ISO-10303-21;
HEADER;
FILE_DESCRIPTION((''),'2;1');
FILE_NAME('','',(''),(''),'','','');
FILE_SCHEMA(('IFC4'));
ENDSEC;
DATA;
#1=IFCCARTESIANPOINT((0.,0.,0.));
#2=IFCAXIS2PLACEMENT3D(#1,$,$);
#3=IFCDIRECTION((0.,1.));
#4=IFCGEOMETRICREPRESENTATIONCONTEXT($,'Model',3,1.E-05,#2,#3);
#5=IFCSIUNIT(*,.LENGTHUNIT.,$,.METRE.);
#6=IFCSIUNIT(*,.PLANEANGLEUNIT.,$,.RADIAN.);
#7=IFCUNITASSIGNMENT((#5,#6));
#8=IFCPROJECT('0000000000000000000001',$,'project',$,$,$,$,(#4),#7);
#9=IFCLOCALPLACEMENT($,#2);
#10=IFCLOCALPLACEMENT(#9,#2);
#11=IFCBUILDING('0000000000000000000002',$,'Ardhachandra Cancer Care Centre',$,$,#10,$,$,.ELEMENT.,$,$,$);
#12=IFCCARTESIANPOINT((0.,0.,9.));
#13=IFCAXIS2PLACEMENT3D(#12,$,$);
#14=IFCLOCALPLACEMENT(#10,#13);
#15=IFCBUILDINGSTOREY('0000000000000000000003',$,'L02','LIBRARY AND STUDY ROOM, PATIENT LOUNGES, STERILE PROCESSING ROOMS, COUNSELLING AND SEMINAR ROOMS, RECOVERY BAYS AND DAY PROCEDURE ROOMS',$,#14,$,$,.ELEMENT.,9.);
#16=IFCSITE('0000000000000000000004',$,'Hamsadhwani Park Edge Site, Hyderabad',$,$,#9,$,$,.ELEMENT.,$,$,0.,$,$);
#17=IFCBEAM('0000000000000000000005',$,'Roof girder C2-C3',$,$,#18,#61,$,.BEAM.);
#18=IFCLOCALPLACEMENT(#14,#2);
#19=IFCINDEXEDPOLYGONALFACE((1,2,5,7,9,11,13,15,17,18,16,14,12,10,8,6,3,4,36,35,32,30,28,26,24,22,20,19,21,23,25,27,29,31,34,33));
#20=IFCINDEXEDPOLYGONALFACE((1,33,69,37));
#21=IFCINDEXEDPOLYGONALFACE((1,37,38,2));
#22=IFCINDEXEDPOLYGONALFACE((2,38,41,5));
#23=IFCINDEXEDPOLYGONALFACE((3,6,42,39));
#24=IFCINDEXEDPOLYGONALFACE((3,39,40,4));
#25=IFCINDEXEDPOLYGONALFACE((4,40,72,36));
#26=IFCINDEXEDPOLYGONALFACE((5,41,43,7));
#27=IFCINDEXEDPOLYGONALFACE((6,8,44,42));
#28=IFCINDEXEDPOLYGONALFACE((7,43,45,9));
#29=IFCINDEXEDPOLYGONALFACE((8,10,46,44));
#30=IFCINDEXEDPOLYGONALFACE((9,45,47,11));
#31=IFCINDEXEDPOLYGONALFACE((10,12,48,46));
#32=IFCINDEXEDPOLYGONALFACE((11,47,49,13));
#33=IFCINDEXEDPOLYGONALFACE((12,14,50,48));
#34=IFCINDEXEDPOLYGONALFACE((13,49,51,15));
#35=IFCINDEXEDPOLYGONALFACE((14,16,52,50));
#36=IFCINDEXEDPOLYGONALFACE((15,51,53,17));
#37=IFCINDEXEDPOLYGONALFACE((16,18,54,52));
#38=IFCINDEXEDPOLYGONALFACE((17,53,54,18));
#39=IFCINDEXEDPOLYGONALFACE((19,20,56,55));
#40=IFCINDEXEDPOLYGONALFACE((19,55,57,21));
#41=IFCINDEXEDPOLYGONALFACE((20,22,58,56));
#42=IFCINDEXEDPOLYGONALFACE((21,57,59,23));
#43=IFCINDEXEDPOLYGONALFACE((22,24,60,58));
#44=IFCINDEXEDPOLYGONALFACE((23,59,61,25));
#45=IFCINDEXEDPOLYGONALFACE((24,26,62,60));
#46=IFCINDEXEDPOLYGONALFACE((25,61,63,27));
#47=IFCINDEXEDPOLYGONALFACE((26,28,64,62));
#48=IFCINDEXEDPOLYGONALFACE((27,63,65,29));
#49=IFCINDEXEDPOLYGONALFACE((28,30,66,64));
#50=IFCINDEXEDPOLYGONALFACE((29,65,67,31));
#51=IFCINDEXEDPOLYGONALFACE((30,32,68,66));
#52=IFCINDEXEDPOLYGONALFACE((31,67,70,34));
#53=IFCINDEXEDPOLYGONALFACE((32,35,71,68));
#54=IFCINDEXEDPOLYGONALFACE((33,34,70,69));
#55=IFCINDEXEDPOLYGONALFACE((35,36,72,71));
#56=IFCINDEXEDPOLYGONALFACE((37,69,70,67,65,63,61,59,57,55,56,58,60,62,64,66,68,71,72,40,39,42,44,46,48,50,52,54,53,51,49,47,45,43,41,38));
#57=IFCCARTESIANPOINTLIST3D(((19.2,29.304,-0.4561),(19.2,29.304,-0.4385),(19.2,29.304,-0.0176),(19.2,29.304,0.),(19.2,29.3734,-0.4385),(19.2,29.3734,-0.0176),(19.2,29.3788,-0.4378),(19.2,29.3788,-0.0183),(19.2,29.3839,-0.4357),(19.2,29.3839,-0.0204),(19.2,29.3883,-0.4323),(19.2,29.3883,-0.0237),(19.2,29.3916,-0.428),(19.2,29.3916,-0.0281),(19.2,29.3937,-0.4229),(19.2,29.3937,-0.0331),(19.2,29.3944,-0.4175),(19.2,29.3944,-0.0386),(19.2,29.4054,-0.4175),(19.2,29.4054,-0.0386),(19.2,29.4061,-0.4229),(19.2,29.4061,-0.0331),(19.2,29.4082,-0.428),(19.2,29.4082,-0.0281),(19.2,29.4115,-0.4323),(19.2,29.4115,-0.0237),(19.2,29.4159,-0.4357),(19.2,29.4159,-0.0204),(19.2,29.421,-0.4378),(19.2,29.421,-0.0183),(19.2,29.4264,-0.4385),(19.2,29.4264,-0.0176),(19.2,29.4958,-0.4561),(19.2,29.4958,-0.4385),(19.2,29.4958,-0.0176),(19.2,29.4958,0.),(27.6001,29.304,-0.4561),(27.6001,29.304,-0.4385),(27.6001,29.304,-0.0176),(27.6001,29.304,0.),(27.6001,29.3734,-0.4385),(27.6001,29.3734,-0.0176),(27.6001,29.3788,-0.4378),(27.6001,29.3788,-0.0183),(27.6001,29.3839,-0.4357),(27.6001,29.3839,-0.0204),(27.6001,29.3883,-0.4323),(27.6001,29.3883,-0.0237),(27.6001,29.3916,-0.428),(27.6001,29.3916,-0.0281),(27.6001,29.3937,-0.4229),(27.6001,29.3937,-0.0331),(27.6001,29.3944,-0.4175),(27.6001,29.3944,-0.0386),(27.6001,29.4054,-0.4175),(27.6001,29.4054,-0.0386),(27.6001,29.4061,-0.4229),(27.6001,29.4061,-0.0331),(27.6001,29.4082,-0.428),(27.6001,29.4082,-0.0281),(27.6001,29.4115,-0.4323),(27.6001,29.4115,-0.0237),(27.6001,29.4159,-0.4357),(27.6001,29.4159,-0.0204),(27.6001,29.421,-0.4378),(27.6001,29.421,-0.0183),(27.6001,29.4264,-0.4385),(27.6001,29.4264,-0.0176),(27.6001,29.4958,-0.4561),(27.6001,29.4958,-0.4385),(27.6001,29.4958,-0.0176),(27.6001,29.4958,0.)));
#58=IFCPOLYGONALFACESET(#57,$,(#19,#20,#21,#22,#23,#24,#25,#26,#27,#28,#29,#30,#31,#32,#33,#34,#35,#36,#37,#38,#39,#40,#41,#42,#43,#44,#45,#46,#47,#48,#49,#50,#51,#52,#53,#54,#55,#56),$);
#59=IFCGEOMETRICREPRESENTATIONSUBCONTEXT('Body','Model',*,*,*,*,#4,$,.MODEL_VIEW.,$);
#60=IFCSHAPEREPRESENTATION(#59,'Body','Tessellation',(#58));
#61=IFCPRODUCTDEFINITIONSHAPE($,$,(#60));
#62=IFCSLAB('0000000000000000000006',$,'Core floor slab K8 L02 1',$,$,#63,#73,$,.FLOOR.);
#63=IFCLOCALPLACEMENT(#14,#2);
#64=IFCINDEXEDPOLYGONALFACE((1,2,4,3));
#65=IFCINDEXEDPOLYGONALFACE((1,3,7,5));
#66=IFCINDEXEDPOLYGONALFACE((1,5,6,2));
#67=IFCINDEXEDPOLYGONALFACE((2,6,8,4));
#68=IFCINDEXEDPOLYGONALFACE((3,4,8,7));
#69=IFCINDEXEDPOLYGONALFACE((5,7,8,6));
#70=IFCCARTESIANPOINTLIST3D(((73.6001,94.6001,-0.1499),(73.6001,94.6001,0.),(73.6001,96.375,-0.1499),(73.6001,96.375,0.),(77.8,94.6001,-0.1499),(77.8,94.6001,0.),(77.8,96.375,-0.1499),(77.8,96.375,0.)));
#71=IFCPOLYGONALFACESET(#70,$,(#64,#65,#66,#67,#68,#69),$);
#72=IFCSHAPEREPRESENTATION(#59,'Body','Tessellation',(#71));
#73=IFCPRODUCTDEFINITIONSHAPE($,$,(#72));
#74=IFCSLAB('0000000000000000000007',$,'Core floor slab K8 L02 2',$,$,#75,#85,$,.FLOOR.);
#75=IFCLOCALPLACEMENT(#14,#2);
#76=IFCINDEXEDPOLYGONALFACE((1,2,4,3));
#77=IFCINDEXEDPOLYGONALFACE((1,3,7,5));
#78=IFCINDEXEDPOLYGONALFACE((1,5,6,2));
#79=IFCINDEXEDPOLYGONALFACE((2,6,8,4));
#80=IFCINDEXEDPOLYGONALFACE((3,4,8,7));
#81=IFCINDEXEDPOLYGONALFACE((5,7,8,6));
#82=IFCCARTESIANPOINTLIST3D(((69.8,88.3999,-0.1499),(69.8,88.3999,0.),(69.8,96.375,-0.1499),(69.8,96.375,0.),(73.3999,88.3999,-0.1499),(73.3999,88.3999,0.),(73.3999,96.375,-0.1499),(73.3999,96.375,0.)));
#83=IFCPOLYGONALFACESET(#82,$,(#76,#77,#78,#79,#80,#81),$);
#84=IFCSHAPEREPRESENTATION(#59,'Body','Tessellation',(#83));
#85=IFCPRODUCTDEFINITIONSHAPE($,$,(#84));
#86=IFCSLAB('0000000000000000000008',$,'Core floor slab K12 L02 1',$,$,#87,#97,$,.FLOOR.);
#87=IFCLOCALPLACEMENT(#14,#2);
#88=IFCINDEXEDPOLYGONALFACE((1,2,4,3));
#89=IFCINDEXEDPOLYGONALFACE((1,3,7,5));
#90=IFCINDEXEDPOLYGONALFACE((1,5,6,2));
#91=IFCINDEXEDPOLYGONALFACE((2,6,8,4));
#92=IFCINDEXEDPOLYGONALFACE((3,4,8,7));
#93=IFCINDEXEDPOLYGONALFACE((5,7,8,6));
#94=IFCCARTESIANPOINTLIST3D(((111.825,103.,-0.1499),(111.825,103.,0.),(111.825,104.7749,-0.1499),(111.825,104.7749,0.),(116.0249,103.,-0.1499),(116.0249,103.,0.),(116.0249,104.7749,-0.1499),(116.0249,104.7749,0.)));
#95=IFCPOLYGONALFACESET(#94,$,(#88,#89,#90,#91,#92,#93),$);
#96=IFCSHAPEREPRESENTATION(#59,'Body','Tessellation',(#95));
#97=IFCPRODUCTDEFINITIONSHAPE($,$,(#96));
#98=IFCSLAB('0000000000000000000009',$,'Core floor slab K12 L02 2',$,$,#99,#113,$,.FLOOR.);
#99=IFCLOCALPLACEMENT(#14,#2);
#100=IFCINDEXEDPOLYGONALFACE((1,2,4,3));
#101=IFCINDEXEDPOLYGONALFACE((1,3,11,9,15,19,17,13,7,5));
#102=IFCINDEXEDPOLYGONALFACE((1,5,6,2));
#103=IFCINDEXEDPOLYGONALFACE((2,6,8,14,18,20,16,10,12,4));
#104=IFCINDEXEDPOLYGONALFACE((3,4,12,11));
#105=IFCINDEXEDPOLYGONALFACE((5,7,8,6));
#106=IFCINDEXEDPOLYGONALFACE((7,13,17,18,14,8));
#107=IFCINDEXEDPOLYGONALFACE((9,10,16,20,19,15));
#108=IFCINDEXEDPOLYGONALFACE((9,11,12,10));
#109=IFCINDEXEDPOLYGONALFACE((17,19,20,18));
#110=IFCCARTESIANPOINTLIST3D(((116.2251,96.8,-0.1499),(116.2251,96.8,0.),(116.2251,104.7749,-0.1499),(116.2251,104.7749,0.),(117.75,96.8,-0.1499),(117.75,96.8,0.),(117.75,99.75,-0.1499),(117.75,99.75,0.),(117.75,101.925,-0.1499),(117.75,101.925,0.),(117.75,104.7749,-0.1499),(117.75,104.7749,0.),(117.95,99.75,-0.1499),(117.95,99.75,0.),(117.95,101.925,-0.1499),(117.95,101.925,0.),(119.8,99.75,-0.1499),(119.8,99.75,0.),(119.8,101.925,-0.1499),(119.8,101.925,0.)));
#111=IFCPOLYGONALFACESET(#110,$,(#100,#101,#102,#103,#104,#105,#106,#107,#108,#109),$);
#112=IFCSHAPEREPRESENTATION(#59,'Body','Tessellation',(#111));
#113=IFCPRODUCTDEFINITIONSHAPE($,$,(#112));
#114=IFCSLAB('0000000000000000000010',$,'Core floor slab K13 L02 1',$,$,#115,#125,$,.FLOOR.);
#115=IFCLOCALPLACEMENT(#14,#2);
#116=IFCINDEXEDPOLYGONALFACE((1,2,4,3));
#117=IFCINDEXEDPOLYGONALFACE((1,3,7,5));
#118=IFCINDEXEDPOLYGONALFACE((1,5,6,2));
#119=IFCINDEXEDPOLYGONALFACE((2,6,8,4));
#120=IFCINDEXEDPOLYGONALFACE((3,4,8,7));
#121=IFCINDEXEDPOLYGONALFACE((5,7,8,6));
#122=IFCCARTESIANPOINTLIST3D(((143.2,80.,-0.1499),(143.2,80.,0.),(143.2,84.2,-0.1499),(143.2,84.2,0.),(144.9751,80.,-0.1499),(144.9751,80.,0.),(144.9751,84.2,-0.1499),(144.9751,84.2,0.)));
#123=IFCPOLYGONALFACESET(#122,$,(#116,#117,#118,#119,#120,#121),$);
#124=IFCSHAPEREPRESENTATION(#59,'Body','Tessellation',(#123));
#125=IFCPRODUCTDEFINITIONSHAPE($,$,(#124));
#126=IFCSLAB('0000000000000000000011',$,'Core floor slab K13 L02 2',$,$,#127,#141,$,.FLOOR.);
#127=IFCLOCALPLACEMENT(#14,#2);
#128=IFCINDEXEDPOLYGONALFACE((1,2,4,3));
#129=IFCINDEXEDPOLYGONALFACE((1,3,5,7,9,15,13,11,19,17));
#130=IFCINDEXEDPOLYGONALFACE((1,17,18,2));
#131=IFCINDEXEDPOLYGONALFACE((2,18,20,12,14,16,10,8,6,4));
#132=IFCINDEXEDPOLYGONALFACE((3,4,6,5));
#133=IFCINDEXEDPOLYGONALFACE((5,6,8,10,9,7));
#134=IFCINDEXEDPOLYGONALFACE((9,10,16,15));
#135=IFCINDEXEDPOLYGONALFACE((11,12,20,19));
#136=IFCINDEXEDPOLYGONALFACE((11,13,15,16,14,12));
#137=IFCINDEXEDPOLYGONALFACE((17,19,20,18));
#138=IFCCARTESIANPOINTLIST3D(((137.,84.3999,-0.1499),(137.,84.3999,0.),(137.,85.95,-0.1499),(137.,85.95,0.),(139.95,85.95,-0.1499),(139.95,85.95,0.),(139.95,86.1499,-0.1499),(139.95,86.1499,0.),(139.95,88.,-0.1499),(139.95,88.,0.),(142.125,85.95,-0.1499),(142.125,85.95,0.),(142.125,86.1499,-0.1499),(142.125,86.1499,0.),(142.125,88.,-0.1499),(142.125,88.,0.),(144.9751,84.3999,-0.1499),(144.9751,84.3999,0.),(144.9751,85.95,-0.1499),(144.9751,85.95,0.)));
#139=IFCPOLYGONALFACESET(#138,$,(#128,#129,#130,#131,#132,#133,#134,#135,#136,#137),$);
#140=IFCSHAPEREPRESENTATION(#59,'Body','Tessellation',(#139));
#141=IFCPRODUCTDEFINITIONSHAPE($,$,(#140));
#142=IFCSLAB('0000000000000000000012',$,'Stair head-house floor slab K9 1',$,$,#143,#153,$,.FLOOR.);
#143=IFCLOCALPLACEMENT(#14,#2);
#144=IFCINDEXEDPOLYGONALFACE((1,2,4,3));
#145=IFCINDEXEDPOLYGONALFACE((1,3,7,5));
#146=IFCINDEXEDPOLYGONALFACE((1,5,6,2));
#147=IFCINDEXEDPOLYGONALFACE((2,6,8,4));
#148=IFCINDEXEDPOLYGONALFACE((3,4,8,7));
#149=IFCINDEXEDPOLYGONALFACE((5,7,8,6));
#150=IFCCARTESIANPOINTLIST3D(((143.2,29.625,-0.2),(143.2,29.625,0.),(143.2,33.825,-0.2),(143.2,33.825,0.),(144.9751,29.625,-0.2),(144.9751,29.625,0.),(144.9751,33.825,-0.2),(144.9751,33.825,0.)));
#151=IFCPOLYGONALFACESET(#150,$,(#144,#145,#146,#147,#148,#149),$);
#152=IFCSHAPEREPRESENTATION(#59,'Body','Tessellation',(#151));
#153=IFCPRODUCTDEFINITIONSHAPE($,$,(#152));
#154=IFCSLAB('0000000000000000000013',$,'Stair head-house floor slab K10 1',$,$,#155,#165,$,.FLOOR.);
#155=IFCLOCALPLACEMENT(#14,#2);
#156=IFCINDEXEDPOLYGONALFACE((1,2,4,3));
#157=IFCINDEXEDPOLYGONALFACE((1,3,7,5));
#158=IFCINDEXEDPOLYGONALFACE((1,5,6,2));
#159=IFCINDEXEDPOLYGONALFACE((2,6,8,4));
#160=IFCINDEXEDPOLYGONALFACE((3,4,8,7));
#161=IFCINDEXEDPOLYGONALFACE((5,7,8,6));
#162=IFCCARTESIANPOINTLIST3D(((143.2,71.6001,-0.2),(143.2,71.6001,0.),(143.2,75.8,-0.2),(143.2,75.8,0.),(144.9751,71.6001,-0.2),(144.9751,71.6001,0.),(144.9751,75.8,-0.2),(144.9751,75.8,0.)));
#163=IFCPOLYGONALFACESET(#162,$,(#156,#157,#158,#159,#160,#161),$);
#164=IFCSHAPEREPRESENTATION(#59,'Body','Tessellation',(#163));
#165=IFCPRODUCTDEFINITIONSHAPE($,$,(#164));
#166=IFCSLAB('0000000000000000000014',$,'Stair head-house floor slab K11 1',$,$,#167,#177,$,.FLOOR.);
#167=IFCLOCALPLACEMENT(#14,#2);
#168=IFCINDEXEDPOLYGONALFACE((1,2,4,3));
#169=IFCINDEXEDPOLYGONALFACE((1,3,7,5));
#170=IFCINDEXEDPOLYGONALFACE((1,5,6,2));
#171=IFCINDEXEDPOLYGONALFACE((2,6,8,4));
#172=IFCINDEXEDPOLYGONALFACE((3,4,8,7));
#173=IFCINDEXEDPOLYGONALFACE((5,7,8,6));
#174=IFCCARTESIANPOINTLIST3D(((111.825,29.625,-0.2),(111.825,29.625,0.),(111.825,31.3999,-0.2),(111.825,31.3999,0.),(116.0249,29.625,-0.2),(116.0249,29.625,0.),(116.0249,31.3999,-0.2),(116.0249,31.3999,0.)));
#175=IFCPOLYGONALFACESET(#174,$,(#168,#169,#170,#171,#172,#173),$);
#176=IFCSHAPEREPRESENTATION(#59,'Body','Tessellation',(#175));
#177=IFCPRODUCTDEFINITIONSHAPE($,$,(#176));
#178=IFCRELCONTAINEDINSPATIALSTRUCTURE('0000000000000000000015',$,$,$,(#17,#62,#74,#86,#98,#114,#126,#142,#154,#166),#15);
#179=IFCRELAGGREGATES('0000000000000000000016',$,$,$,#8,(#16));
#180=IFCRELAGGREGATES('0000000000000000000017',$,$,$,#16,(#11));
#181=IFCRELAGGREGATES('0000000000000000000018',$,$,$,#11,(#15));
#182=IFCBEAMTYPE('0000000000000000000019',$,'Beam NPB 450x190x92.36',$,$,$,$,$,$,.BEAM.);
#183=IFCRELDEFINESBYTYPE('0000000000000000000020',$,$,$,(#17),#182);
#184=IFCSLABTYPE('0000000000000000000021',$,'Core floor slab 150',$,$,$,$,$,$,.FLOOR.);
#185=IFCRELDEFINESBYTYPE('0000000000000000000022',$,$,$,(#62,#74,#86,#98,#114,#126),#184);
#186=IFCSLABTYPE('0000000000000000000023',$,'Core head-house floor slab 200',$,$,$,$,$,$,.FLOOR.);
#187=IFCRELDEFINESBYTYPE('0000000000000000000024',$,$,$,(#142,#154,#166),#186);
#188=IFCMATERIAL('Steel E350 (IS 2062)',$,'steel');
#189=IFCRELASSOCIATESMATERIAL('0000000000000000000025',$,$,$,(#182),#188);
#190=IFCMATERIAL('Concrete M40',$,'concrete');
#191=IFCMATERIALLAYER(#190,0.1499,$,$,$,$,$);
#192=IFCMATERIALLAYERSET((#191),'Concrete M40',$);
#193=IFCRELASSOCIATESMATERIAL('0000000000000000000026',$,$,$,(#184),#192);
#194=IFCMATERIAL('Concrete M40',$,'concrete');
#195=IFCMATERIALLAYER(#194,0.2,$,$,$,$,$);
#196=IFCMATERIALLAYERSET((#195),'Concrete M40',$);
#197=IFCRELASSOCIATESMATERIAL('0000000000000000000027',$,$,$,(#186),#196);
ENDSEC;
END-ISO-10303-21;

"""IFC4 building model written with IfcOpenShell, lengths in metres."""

from ifc_helpers import new_model, si_unit, direction, frame, origin, origin_2d, place, context, subcontext, project, spatial, polyline, i_section, outline, extrude, material, layer, layer_set, material_profile, profile_set, type_object, element, save


model = new_model("IFC4")

# Units and contexts
model_context = context("Model", 3, precision=1e-05, world=origin(), true_north=direction((0.0, 1.0)))
body_context = subcontext(model_context, "Body", "Model", "MODEL_VIEW")
ifc_project = project(units=[si_unit("LENGTHUNIT", "METRE"), si_unit("PLANEANGLEUNIT", "RADIAN")], contexts=[model_context])

# Site, building, storey
site_placement = place(None, origin())
site = spatial("IfcSite", under=ifc_project, at=site_placement, Name="Hamsadhwani Park Edge Site, Hyderabad", CompositionType="ELEMENT", RefElevation=0.0)
building_placement = place(site_placement, origin())
building = spatial("IfcBuilding", under=site, at=building_placement, Name="Ardhachandra Cancer Care Centre", CompositionType="ELEMENT")
storey_placement = place(building_placement, frame((0.0, 0.0, 9.0)))
storey = spatial("IfcBuildingStorey", under=building, at=storey_placement, Name="L02", Description="LIBRARY AND STUDY ROOM, PATIENT LOUNGES, STERILE PROCESSING ROOMS, COUNSELLING AND SEMINAR ROOMS, RECOVERY BAYS AND DAY PROCEDURE ROOMS", CompositionType="ELEMENT", Elevation=9.0)

# Beam
ifc_material_1 = material(Name="Steel E350 (IS 2062)", Category="steel")
ifc_material_profile = material_profile(ifc_material_1, i_section(OverallWidth=0.1919, OverallDepth=0.4561, WebThickness=0.011, FlangeThickness=0.0176, FilletRadius=0.021, at=origin_2d()), Name="NPB 450x190x92.36")
ifc_profile_set = profile_set([ifc_material_profile], Name="Steel E350 (IS 2062)")
beam_type = type_object("IfcBeamType", Name="Beam NPB 450x190x92.36", PredefinedType="BEAM", material=ifc_profile_set)
beam_placement = place(storey_placement, frame((19.2, 29.3999, -0.228), z_axis=(1.0, 0.0, 0.0), x_axis=(0.0, 1.0, 0.0)))
element("IfcBeam", 1, at=beam_placement, inside=storey, type_object=beam_type, Name="Roof girder C2-C3", PredefinedType="BEAM", context=body_context, shape_type="SweptSolid", body=[
    extrude(i_section(OverallWidth=0.1919, OverallDepth=0.4561, WebThickness=0.011, FlangeThickness=0.0176, FilletRadius=0.021, at=origin_2d()), origin(), (0.0, 0.0, 1.0), 8.4001),
])

# Slabs
ifc_material_2 = material(Name="Concrete M40", Category="concrete")
ifc_layer_1 = layer(ifc_material_2, 0.1499)
ifc_layer_set_1 = layer_set([ifc_layer_1], Name="Concrete M40")
slab_type_1 = type_object("IfcSlabType", Name="Core floor slab 150", PredefinedType="FLOOR", material=ifc_layer_set_1)
slab_1_placement = place(storey_placement, frame((0.0, 0.0, -0.1499)))
element("IfcSlab", 2, at=slab_1_placement, inside=storey, type_object=slab_type_1, Name="Core floor slab K8 L02 1", PredefinedType="FLOOR", context=body_context, shape_type="SweptSolid", body=[
    extrude(outline(polyline([(77.8, 96.375), (73.6001, 96.375), (73.6001, 94.6001), (77.8, 94.6001), (77.8, 96.375)])), origin(), (0.0, 0.0, 1.0), 0.1499),
])
slab_2_placement = place(storey_placement, frame((0.0, 0.0, -0.1499)))
element("IfcSlab", 3, at=slab_2_placement, inside=storey, type_object=slab_type_1, Name="Core floor slab K8 L02 2", PredefinedType="FLOOR", context=body_context, shape_type="SweptSolid", body=[
    extrude(outline(polyline([(69.8, 96.375), (69.8, 88.3999), (73.3999, 88.3999), (73.3999, 96.375), (69.8, 96.375)])), origin(), (0.0, 0.0, 1.0), 0.1499),
])
slab_3_placement = place(storey_placement, frame((0.0, 0.0, -0.1499)))
element("IfcSlab", 4, at=slab_3_placement, inside=storey, type_object=slab_type_1, Name="Core floor slab K12 L02 1", PredefinedType="FLOOR", context=body_context, shape_type="SweptSolid", body=[
    extrude(outline(polyline([(111.825, 104.7749), (116.0249, 104.7749), (116.0249, 103.0), (111.825, 103.0), (111.825, 104.7749)])), origin(), (0.0, 0.0, 1.0), 0.1499),
])
slab_4_placement = place(storey_placement, frame((0.0, 0.0, -0.1499)))
element("IfcSlab", 5, at=slab_4_placement, inside=storey, type_object=slab_type_1, Name="Core floor slab K12 L02 2", PredefinedType="FLOOR", context=body_context, shape_type="SweptSolid", body=[
    extrude(outline(polyline([(119.8, 99.75), (117.95, 99.75), (117.75, 99.75), (117.75, 96.8), (116.2251, 96.8), (116.2251, 104.7749), (117.75, 104.7749), (117.75, 101.925), (117.95, 101.925), (119.8, 101.925), (119.8, 99.75)])), origin(), (0.0, 0.0, 1.0), 0.1499),
])
slab_5_placement = place(storey_placement, frame((0.0, 0.0, -0.1499)))
element("IfcSlab", 6, at=slab_5_placement, inside=storey, type_object=slab_type_1, Name="Core floor slab K13 L02 1", PredefinedType="FLOOR", context=body_context, shape_type="SweptSolid", body=[
    extrude(outline(polyline([(144.9751, 80.0), (144.9751, 84.2), (143.2, 84.2), (143.2, 80.0), (144.9751, 80.0)])), origin(), (0.0, 0.0, 1.0), 0.1499),
])
slab_6_placement = place(storey_placement, frame((0.0, 0.0, -0.1499)))
element("IfcSlab", 7, at=slab_6_placement, inside=storey, type_object=slab_type_1, Name="Core floor slab K13 L02 2", PredefinedType="FLOOR", context=body_context, shape_type="SweptSolid", body=[
    extrude(outline(polyline([(139.95, 88.0), (139.95, 86.1499), (139.95, 85.95), (137.0, 85.95), (137.0, 84.3999), (144.9751, 84.3999), (144.9751, 85.95), (142.125, 85.95), (142.125, 86.1499), (142.125, 88.0), (139.95, 88.0)])), origin(), (0.0, 0.0, 1.0), 0.1499),
])
ifc_material_3 = material(Name="Concrete M40", Category="concrete")
ifc_layer_2 = layer(ifc_material_3, 0.2)
ifc_layer_set_2 = layer_set([ifc_layer_2], Name="Concrete M40")
slab_type_2 = type_object("IfcSlabType", Name="Core head-house floor slab 200", PredefinedType="FLOOR", material=ifc_layer_set_2)
slab_7_placement = place(storey_placement, frame((0.0, 0.0, -0.2)))
element("IfcSlab", 8, at=slab_7_placement, inside=storey, type_object=slab_type_2, Name="Stair head-house floor slab K9 1", PredefinedType="FLOOR", context=body_context, shape_type="SweptSolid", body=[
    extrude(outline(polyline([(144.9751, 33.825), (143.2, 33.825), (143.2, 29.625), (144.9751, 29.625), (144.9751, 33.825)])), origin(), (0.0, 0.0, 1.0), 0.2),
])
slab_8_placement = place(storey_placement, frame((0.0, 0.0, -0.2)))
element("IfcSlab", 9, at=slab_8_placement, inside=storey, type_object=slab_type_2, Name="Stair head-house floor slab K10 1", PredefinedType="FLOOR", context=body_context, shape_type="SweptSolid", body=[
    extrude(outline(polyline([(144.9751, 75.8), (143.2, 75.8), (143.2, 71.6001), (144.9751, 71.6001), (144.9751, 75.8)])), origin(), (0.0, 0.0, 1.0), 0.2),
])
slab_9_placement = place(storey_placement, frame((0.0, 0.0, -0.2)))
element("IfcSlab", 10, at=slab_9_placement, inside=storey, type_object=slab_type_2, Name="Stair head-house floor slab K11 1", PredefinedType="FLOOR", context=body_context, shape_type="SweptSolid", body=[
    extrude(outline(polyline([(116.0249, 29.625), (116.0249, 31.3999), (111.825, 31.3999), (111.825, 29.625), (116.0249, 29.625)])), origin(), (0.0, 0.0, 1.0), 0.2),
])

save(model, "model.ifc")
